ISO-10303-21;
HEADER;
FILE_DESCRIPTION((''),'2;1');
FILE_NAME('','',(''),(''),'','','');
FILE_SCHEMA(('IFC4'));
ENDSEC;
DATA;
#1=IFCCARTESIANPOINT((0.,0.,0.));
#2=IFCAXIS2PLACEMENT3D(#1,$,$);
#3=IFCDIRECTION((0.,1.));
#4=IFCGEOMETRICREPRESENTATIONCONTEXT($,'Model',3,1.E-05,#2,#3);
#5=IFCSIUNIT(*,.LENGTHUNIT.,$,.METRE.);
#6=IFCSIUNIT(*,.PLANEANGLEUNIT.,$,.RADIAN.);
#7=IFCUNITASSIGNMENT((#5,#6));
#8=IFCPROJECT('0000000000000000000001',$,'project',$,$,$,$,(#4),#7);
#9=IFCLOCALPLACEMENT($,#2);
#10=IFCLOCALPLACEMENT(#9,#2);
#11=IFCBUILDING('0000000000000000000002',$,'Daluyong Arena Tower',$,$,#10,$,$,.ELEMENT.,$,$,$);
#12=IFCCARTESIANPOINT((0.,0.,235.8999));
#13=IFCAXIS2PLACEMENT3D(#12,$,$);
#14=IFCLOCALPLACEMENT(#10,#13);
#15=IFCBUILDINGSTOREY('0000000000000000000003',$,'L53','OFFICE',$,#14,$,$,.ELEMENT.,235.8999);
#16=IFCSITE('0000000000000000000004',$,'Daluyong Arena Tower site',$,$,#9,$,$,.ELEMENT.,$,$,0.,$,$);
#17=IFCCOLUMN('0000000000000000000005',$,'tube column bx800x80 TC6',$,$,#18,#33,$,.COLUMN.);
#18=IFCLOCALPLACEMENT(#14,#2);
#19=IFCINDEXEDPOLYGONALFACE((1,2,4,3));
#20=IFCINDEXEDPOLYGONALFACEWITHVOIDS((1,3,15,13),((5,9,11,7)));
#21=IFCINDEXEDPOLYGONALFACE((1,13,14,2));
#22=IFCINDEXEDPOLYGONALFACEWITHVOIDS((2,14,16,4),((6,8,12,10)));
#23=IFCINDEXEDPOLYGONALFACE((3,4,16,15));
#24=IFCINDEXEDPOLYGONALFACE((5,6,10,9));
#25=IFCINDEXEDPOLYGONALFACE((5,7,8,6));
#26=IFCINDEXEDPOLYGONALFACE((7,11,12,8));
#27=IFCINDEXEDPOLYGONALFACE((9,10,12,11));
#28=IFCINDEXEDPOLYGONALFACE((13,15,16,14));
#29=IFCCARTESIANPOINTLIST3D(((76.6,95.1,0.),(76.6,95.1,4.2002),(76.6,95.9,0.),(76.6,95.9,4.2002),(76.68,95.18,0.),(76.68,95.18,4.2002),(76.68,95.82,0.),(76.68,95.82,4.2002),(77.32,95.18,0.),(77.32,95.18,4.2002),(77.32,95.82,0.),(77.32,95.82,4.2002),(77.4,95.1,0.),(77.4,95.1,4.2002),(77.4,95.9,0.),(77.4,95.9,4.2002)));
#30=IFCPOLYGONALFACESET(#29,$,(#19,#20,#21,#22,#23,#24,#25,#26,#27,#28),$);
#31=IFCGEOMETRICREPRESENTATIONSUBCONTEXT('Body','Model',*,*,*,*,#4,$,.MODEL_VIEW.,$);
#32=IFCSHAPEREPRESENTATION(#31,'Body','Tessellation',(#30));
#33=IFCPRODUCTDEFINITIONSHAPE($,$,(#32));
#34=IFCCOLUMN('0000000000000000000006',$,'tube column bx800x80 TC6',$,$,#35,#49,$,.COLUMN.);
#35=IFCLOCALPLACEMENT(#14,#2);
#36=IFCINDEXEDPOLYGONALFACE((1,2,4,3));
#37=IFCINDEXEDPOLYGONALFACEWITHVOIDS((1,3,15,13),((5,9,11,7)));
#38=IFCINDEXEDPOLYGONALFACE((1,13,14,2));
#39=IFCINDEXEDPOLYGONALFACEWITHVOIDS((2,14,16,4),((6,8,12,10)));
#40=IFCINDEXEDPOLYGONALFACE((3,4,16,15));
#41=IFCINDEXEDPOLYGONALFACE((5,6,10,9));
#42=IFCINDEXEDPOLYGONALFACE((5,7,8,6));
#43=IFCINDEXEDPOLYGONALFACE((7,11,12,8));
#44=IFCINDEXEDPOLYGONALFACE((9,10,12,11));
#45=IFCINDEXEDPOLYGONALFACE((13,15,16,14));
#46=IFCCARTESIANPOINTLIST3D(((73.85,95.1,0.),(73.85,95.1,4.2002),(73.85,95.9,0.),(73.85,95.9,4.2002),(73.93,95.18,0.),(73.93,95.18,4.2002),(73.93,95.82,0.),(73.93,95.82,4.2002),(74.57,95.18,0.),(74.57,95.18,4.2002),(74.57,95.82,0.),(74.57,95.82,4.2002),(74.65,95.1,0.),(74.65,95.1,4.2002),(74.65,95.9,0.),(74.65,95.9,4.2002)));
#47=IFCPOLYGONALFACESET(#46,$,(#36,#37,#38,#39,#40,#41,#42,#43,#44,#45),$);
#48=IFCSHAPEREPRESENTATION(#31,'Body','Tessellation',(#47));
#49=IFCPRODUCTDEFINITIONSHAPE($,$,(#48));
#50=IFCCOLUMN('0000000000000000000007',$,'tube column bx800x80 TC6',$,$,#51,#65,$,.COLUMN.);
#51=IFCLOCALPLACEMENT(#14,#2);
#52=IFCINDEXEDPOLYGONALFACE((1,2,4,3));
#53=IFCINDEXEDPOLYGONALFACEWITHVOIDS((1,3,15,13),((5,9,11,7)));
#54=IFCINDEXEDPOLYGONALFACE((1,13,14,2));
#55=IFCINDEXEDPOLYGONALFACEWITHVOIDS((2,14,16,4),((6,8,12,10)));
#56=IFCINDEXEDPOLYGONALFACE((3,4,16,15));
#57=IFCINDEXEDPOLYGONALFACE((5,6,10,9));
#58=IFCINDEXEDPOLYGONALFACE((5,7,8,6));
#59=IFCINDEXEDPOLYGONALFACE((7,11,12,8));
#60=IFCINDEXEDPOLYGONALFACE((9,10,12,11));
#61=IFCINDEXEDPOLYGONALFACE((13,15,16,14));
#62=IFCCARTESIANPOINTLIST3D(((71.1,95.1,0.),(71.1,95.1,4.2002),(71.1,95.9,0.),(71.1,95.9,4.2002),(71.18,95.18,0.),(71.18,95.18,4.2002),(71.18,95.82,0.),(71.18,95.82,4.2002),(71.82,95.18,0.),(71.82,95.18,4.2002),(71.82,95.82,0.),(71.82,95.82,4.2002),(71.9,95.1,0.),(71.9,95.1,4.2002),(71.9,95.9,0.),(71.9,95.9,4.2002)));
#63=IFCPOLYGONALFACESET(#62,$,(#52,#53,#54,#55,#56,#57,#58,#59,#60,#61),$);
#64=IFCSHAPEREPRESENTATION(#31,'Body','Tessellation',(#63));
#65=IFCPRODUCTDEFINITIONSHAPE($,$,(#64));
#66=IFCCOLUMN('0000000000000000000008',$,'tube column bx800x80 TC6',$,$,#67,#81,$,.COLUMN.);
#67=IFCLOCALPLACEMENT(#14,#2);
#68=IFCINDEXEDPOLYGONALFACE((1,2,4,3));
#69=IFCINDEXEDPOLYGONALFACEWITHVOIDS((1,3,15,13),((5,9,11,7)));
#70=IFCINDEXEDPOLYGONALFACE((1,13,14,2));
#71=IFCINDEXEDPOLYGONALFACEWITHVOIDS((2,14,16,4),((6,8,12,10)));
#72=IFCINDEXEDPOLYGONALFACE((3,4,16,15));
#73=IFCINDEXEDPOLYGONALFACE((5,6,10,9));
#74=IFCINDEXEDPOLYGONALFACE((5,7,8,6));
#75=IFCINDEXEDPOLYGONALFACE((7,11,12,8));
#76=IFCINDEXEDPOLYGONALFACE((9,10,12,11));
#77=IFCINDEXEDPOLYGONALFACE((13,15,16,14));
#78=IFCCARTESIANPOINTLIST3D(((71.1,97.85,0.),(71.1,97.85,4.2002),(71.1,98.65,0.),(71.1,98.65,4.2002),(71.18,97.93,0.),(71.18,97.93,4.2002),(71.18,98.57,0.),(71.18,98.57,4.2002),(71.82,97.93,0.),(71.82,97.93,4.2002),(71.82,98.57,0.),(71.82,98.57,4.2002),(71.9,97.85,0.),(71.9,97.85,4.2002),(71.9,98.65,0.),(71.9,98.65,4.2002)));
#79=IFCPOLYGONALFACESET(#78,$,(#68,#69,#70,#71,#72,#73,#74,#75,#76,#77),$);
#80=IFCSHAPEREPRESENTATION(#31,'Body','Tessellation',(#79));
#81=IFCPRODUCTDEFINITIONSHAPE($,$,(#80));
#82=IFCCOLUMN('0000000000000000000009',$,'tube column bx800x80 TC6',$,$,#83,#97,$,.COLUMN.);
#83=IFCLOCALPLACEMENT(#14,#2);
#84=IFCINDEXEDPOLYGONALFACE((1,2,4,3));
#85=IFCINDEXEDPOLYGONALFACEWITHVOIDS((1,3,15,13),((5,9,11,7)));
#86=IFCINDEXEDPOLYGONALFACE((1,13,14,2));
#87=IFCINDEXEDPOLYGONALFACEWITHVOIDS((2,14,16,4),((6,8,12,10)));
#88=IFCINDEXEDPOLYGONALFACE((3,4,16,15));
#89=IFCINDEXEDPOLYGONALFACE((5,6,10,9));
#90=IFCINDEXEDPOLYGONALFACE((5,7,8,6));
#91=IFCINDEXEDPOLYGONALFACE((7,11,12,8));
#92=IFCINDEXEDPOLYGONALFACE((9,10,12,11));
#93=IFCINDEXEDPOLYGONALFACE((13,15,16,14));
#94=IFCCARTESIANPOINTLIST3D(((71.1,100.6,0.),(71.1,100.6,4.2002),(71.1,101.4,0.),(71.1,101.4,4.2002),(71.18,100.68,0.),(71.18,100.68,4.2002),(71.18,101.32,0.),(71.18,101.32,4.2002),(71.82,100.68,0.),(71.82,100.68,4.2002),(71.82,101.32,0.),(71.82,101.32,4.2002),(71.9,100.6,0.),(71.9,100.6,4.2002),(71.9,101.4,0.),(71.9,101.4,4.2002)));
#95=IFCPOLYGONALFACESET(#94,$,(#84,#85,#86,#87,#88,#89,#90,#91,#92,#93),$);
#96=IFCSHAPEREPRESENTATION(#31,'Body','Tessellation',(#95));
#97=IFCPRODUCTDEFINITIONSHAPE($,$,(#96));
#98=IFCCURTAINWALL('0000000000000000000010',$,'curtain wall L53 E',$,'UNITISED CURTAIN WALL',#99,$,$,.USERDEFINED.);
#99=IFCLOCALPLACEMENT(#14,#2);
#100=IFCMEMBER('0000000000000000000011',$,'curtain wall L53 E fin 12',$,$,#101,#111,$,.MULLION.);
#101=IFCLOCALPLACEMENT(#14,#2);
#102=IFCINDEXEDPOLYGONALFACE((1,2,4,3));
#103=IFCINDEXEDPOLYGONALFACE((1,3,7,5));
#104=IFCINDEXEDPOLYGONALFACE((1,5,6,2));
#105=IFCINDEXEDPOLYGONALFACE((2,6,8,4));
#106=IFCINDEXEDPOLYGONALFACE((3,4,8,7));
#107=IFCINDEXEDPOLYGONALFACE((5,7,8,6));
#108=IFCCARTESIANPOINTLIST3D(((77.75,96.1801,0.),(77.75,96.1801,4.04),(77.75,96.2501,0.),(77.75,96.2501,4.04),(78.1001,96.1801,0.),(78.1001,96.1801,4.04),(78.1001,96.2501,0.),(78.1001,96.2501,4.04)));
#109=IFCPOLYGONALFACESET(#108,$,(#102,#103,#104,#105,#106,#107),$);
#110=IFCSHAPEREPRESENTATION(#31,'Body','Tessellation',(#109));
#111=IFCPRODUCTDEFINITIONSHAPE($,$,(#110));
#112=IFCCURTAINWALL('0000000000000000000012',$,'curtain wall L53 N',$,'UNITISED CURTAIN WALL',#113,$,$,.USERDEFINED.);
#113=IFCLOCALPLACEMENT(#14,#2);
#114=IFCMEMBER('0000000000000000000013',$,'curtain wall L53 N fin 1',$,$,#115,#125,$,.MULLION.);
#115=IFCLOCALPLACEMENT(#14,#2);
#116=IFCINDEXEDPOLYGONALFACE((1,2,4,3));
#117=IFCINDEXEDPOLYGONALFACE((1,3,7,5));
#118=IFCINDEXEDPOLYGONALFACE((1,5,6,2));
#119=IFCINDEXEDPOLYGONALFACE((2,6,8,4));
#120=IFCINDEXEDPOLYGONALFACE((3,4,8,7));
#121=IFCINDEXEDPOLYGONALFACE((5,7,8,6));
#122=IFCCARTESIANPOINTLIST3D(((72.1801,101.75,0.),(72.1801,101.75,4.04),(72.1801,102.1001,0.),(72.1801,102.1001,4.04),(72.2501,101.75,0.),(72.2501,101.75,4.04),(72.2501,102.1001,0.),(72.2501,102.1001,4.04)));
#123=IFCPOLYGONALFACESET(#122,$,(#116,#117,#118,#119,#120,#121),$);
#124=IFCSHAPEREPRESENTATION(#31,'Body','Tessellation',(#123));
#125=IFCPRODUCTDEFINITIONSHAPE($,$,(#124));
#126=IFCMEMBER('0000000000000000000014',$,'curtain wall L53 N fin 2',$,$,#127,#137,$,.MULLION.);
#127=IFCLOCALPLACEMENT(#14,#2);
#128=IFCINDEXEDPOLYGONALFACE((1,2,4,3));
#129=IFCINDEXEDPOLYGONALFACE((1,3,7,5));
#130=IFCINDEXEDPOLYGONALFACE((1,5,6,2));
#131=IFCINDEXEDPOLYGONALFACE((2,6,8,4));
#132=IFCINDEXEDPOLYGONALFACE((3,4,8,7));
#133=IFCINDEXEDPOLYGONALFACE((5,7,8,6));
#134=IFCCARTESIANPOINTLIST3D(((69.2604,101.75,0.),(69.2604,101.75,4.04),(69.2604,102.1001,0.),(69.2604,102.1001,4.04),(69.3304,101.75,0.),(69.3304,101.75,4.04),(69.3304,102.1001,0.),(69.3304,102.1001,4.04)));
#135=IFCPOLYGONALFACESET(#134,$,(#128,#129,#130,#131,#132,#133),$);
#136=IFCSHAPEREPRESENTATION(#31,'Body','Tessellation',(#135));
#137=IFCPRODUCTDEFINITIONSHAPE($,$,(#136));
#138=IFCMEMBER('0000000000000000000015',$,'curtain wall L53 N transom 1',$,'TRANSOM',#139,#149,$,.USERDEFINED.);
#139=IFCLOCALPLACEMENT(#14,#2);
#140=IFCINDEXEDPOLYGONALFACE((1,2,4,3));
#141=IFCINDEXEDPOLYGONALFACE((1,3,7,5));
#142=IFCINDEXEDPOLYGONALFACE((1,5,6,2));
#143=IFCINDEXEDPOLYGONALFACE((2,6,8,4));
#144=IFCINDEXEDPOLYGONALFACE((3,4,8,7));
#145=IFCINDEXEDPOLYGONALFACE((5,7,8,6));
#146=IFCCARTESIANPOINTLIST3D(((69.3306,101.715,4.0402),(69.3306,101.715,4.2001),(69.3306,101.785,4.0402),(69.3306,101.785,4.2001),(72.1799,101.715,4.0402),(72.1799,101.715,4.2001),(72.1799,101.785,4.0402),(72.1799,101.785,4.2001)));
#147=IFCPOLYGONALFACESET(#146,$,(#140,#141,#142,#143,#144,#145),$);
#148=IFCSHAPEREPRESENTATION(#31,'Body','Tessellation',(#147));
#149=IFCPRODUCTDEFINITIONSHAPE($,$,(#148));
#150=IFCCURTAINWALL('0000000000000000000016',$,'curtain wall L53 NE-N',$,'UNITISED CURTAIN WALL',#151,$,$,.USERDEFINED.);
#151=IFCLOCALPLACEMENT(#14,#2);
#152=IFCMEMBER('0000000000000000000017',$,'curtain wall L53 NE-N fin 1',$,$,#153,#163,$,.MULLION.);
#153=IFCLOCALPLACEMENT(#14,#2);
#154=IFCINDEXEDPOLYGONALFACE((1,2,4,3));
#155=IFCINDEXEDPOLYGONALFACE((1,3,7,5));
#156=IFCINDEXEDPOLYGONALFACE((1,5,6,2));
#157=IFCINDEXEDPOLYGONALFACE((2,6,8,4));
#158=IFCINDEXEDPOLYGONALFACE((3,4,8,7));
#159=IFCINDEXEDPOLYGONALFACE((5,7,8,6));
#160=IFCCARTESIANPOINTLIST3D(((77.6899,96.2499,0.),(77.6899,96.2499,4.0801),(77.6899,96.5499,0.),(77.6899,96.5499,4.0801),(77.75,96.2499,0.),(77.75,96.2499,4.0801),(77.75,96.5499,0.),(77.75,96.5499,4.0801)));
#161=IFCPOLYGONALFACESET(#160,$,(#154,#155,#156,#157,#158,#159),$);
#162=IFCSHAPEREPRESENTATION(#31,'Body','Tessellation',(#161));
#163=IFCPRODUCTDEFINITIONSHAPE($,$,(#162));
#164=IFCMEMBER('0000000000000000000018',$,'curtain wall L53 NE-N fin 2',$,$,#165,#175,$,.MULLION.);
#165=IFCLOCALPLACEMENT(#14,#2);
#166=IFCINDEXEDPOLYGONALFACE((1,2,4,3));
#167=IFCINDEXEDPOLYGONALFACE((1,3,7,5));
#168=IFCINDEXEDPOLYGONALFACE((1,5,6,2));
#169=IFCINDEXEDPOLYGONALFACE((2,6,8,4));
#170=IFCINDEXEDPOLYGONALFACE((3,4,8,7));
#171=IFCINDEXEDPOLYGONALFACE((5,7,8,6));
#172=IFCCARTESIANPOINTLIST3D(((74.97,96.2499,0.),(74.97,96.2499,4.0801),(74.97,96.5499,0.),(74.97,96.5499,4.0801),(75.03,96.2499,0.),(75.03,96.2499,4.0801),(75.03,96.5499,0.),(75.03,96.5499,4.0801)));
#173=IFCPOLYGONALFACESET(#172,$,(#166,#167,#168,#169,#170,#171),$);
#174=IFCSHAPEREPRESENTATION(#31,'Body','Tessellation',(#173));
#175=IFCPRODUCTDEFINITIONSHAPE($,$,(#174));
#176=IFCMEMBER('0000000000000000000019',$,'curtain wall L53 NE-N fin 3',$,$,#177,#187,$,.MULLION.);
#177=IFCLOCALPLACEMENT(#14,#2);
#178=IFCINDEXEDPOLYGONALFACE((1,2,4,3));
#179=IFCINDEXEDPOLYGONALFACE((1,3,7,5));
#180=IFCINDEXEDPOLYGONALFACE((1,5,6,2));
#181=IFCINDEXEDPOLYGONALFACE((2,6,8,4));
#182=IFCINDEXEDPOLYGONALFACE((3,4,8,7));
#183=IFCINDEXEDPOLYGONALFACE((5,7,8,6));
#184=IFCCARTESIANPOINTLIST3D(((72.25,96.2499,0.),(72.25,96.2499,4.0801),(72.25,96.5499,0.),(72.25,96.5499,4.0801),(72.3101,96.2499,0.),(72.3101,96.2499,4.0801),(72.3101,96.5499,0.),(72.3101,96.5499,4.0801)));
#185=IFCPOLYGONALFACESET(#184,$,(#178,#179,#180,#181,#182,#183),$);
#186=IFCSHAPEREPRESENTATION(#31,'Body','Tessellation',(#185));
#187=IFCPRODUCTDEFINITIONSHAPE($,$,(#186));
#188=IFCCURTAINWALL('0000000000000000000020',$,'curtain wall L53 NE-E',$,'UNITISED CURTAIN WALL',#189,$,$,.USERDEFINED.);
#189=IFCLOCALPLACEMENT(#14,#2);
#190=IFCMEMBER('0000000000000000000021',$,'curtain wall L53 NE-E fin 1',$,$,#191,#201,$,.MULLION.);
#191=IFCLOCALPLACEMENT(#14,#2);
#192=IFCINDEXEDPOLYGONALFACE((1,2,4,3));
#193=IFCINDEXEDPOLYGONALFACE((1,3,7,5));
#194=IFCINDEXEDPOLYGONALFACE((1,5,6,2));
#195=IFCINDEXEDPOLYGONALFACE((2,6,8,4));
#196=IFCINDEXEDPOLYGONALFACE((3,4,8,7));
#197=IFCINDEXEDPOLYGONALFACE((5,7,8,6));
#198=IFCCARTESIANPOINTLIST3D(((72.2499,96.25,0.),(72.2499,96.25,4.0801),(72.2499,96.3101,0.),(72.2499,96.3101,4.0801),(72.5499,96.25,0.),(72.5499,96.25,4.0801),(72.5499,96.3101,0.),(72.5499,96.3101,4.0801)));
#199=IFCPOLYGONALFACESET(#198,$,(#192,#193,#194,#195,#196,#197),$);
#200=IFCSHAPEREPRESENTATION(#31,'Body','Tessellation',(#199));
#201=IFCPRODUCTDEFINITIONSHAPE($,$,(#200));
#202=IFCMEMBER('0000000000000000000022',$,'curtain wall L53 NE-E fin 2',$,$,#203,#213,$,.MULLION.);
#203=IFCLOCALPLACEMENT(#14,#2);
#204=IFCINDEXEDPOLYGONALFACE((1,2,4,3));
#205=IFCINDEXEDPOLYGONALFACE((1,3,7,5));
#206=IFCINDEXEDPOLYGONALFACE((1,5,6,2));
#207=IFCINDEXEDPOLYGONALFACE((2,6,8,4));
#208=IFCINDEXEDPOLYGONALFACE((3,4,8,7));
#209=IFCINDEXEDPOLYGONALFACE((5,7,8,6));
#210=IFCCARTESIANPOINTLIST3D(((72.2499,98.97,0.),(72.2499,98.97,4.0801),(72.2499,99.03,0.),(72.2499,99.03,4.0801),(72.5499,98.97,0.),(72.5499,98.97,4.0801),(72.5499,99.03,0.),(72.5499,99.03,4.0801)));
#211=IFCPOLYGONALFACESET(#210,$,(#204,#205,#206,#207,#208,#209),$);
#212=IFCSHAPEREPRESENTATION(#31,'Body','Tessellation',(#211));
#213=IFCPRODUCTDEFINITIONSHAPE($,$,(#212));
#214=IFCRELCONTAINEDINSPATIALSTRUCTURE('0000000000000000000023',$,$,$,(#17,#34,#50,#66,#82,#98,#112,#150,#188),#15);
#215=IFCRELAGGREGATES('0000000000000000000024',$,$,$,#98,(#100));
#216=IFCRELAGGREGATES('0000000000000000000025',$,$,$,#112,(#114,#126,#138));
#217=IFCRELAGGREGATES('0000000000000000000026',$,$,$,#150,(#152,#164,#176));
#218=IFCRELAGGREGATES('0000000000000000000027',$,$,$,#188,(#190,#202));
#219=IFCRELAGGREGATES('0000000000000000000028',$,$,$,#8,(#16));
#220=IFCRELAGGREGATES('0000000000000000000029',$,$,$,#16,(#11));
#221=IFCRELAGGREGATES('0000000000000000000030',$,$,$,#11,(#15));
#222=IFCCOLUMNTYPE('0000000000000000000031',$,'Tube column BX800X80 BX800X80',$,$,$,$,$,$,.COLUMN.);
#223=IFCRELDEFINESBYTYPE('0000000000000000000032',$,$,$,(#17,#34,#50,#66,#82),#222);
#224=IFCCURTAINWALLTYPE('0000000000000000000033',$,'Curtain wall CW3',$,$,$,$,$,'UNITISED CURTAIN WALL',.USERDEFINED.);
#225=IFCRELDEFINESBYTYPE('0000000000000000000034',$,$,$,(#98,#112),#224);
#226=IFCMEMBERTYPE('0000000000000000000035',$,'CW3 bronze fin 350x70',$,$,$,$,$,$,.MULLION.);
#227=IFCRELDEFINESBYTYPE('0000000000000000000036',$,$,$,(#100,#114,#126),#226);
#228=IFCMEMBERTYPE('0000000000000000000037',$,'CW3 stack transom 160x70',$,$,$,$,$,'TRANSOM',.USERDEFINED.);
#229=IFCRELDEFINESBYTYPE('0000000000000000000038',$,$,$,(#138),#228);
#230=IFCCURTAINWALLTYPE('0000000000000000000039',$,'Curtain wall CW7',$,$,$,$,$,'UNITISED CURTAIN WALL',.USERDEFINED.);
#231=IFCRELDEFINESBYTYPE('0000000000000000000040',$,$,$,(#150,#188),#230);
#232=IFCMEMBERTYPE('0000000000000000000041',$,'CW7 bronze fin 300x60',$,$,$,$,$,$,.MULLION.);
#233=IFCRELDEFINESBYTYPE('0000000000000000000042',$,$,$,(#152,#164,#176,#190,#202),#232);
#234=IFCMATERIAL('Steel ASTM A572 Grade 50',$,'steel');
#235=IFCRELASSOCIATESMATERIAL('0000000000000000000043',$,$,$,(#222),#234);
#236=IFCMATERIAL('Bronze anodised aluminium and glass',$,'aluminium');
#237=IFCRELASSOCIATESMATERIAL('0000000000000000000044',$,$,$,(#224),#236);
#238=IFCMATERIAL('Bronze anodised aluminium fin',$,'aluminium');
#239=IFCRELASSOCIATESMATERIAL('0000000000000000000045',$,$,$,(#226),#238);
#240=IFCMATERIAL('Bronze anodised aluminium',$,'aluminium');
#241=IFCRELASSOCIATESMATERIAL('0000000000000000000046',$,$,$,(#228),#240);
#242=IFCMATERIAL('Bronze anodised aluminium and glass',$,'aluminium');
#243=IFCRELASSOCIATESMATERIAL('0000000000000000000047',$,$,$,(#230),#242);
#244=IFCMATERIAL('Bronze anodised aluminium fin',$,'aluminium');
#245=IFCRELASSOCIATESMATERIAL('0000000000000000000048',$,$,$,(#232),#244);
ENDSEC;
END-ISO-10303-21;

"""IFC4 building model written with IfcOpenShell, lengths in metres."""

from ifc_helpers import new_model, si_unit, direction, frame, origin, origin_2d, place, context, subcontext, project, spatial, rectangle, hollow_rectangle, extrude, material, material_profile, profile_set, type_object, element, aggregate, save


model = new_model("IFC4")

# Units and contexts
model_context = context("Model", 3, precision=1e-05, world=origin(), true_north=direction((0.0, 1.0)))
body_context = subcontext(model_context, "Body", "Model", "MODEL_VIEW")
ifc_project = project(units=[si_unit("LENGTHUNIT", "METRE"), si_unit("PLANEANGLEUNIT", "RADIAN")], contexts=[model_context])

# Site, building, storey
site_placement = place(None, origin())
site = spatial("IfcSite", under=ifc_project, at=site_placement, Name="Daluyong Arena Tower site", CompositionType="ELEMENT", RefElevation=0.0)
building_placement = place(site_placement, origin())
building = spatial("IfcBuilding", under=site, at=building_placement, Name="Daluyong Arena Tower", CompositionType="ELEMENT")
storey_placement = place(building_placement, frame((0.0, 0.0, 235.8999)))
storey = spatial("IfcBuildingStorey", under=building, at=storey_placement, Name="L53", Description="OFFICE", CompositionType="ELEMENT", Elevation=235.8999)

# Columns
ifc_material_1 = material(Name="Steel ASTM A572 Grade 50", Category="steel")
ifc_material_profile_1 = material_profile(ifc_material_1, hollow_rectangle(XDim=0.8, YDim=0.8, WallThickness=0.08, at=origin_2d()))
ifc_profile_set_1 = profile_set([ifc_material_profile_1], Name="Steel ASTM A572 Grade 50")
column_type = type_object("IfcColumnType", Name="Tube column BX800X80 BX800X80", PredefinedType="COLUMN", material=ifc_profile_set_1)
for number, where, z_axis, x_axis, name in (
    (1, (77.0, 95.5, 0.0), (0.0, 0.0, 1.0), (1.0, 0.0, 0.0), "tube column bx800x80 TC6"),
    (2, (74.25, 95.5, 0.0), (0.0, 0.0, 1.0), (1.0, 0.0, 0.0), "tube column bx800x80 TC6"),
    (3, (71.5, 95.5, 0.0), (0.0, 0.0, 1.0), (0.0, 1.0, 0.0), "tube column bx800x80 TC6"),
    (4, (71.5, 98.25, 0.0), (0.0, 0.0, 1.0), (0.0, 1.0, 0.0), "tube column bx800x80 TC6"),
    (5, (71.5, 101.0, 0.0), (0.0, 0.0, 1.0), (1.0, 0.0, 0.0), "tube column bx800x80 TC6"),
):
    element("IfcColumn", number, at=place(storey_placement, frame(where, z_axis=z_axis, x_axis=x_axis)), inside=storey, type_object=column_type, Name=name, PredefinedType="COLUMN", context=body_context, shape_type="SweptSolid", body=[
        extrude(hollow_rectangle(XDim=0.8, YDim=0.8, WallThickness=0.08, at=origin_2d()), origin(), (0.0, 0.0, 1.0), 4.2002),
    ])

# Curtain wall, member
ifc_material_2 = material(Name="Bronze anodised aluminium and glass", Category="aluminium")
curtain_wall_type_1 = type_object("IfcCurtainWallType", Name="Curtain wall CW3", ElementType="UNITISED CURTAIN WALL", PredefinedType="USERDEFINED", material=ifc_material_2)
curtain_wall_1_placement = place(storey_placement, origin())
curtain_wall_1 = element("IfcCurtainWall", 6, at=curtain_wall_1_placement, inside=storey, type_object=curtain_wall_type_1, Name="curtain wall L53 E", ObjectType="UNITISED CURTAIN WALL", PredefinedType="USERDEFINED")
ifc_material_3 = material(Name="Bronze anodised aluminium fin", Category="aluminium")
ifc_material_profile_2 = material_profile(ifc_material_3, rectangle(XDim=0.3501, YDim=0.0701, at=origin_2d()))
ifc_profile_set_2 = profile_set([ifc_material_profile_2], Name="Bronze anodised aluminium fin")
member_type_1 = type_object("IfcMemberType", Name="CW3 bronze fin 350x70", PredefinedType="MULLION", material=ifc_profile_set_2)
member_1_placement = place(storey_placement, frame((77.925, 96.2151, 0.0), z_axis=(0.0, 0.0, 1.0), x_axis=(-1.0, 0.0, 0.0)))
member_1 = element("IfcMember", 7, at=member_1_placement, type_object=member_type_1, Name="curtain wall L53 E fin 12", PredefinedType="MULLION", context=body_context, shape_type="SweptSolid", body=[
    extrude(rectangle(XDim=0.3501, YDim=0.0701, at=origin_2d()), origin(), (0.0, 0.0, 1.0), 4.04),
])

# Curtain walls, members
curtain_wall_2_placement = place(storey_placement, origin())
curtain_wall_2 = element("IfcCurtainWall", 8, at=curtain_wall_2_placement, inside=storey, type_object=curtain_wall_type_1, Name="curtain wall L53 N", ObjectType="UNITISED CURTAIN WALL", PredefinedType="USERDEFINED")
member_2_placement = place(storey_placement, frame((72.2151, 101.925, 0.0), z_axis=(0.0, 0.0, 1.0), x_axis=(0.0, -1.0, 0.0)))
member_2 = element("IfcMember", 9, at=member_2_placement, type_object=member_type_1, Name="curtain wall L53 N fin 1", PredefinedType="MULLION", context=body_context, shape_type="SweptSolid", body=[
    extrude(rectangle(XDim=0.3501, YDim=0.0701, at=origin_2d()), origin(), (0.0, 0.0, 1.0), 4.04),
])
member_3_placement = place(storey_placement, frame((69.2954, 101.925, 0.0), z_axis=(0.0, 0.0, 1.0), x_axis=(0.0, -1.0, 0.0)))
member_3 = element("IfcMember", 10, at=member_3_placement, type_object=member_type_1, Name="curtain wall L53 N fin 2", PredefinedType="MULLION", context=body_context, shape_type="SweptSolid", body=[
    extrude(rectangle(XDim=0.3501, YDim=0.0701, at=origin_2d()), origin(), (0.0, 0.0, 1.0), 4.04),
])
ifc_material_4 = material(Name="Bronze anodised aluminium", Category="aluminium")
ifc_material_profile_3 = material_profile(ifc_material_4, rectangle(XDim=0.0701, YDim=0.1599, at=origin_2d()))
ifc_profile_set_3 = profile_set([ifc_material_profile_3], Name="Bronze anodised aluminium")
member_type_2 = type_object("IfcMemberType", Name="CW3 stack transom 160x70", ElementType="TRANSOM", PredefinedType="USERDEFINED", material=ifc_profile_set_3)
member_4_placement = place(storey_placement, frame((72.1799, 101.75, 4.1201), z_axis=(-1.0, 0.0, 0.0), x_axis=(0.0, -1.0, 0.0)))
member_4 = element("IfcMember", 11, at=member_4_placement, type_object=member_type_2, Name="curtain wall L53 N transom 1", ObjectType="TRANSOM", PredefinedType="USERDEFINED", context=body_context, shape_type="SweptSolid", body=[
    extrude(rectangle(XDim=0.0701, YDim=0.1599, at=origin_2d()), origin(), (0.0, 0.0, 1.0), 2.8494),
])
ifc_material_5 = material(Name="Bronze anodised aluminium and glass", Category="aluminium")
curtain_wall_type_2 = type_object("IfcCurtainWallType", Name="Curtain wall CW7", ElementType="UNITISED CURTAIN WALL", PredefinedType="USERDEFINED", material=ifc_material_5)
curtain_wall_3_placement = place(storey_placement, origin())
curtain_wall_3 = element("IfcCurtainWall", 12, at=curtain_wall_3_placement, inside=storey, type_object=curtain_wall_type_2, Name="curtain wall L53 NE-N", ObjectType="UNITISED CURTAIN WALL", PredefinedType="USERDEFINED")
ifc_material_6 = material(Name="Bronze anodised aluminium fin", Category="aluminium")
ifc_material_profile_4 = material_profile(ifc_material_6, rectangle(XDim=0.3, YDim=0.0601, at=origin_2d()))
ifc_profile_set_4 = profile_set([ifc_material_profile_4], Name="Bronze anodised aluminium fin")
member_type_3 = type_object("IfcMemberType", Name="CW7 bronze fin 300x60", PredefinedType="MULLION", material=ifc_profile_set_4)
member_5_placement = place(storey_placement, frame((77.72, 96.3999, 0.0), z_axis=(0.0, 0.0, 1.0), x_axis=(0.0, -1.0, 0.0)))
member_5 = element("IfcMember", 13, at=member_5_placement, type_object=member_type_3, Name="curtain wall L53 NE-N fin 1", PredefinedType="MULLION", context=body_context, shape_type="SweptSolid", body=[
    extrude(rectangle(XDim=0.3, YDim=0.0601, at=origin_2d()), origin(), (0.0, 0.0, 1.0), 4.0801),
])
member_6_placement = place(storey_placement, frame((75.0, 96.3999, 0.0), z_axis=(0.0, 0.0, 1.0), x_axis=(0.0, -1.0, 0.0)))
member_6 = element("IfcMember", 14, at=member_6_placement, type_object=member_type_3, Name="curtain wall L53 NE-N fin 2", PredefinedType="MULLION", context=body_context, shape_type="SweptSolid", body=[
    extrude(rectangle(XDim=0.3, YDim=0.0601, at=origin_2d()), origin(), (0.0, 0.0, 1.0), 4.0801),
])
member_7_placement = place(storey_placement, frame((72.28, 96.3999, 0.0), z_axis=(0.0, 0.0, 1.0), x_axis=(0.0, -1.0, 0.0)))
member_7 = element("IfcMember", 15, at=member_7_placement, type_object=member_type_3, Name="curtain wall L53 NE-N fin 3", PredefinedType="MULLION", context=body_context, shape_type="SweptSolid", body=[
    extrude(rectangle(XDim=0.3, YDim=0.0601, at=origin_2d()), origin(), (0.0, 0.0, 1.0), 4.0801),
])
curtain_wall_4_placement = place(storey_placement, origin())
curtain_wall_4 = element("IfcCurtainWall", 16, at=curtain_wall_4_placement, inside=storey, type_object=curtain_wall_type_2, Name="curtain wall L53 NE-E", ObjectType="UNITISED CURTAIN WALL", PredefinedType="USERDEFINED")
member_8_placement = place(storey_placement, frame((72.3999, 96.28, 0.0), z_axis=(0.0, 0.0, 1.0), x_axis=(-1.0, 0.0, 0.0)))
member_8 = element("IfcMember", 17, at=member_8_placement, type_object=member_type_3, Name="curtain wall L53 NE-E fin 1", PredefinedType="MULLION", context=body_context, shape_type="SweptSolid", body=[
    extrude(rectangle(XDim=0.3, YDim=0.0601, at=origin_2d()), origin(), (0.0, 0.0, 1.0), 4.0801),
])
member_9_placement = place(storey_placement, frame((72.3999, 99.0, 0.0), z_axis=(0.0, 0.0, 1.0), x_axis=(-1.0, 0.0, 0.0)))
member_9 = element("IfcMember", 18, at=member_9_placement, type_object=member_type_3, Name="curtain wall L53 NE-E fin 2", PredefinedType="MULLION", context=body_context, shape_type="SweptSolid", body=[
    extrude(rectangle(XDim=0.3, YDim=0.0601, at=origin_2d()), origin(), (0.0, 0.0, 1.0), 4.0801),
])

aggregate(curtain_wall_1, [member_1])
aggregate(curtain_wall_2, [member_2, member_3, member_4])
aggregate(curtain_wall_3, [member_5, member_6, member_7])
aggregate(curtain_wall_4, [member_8, member_9])

save(model, "model.ifc")
